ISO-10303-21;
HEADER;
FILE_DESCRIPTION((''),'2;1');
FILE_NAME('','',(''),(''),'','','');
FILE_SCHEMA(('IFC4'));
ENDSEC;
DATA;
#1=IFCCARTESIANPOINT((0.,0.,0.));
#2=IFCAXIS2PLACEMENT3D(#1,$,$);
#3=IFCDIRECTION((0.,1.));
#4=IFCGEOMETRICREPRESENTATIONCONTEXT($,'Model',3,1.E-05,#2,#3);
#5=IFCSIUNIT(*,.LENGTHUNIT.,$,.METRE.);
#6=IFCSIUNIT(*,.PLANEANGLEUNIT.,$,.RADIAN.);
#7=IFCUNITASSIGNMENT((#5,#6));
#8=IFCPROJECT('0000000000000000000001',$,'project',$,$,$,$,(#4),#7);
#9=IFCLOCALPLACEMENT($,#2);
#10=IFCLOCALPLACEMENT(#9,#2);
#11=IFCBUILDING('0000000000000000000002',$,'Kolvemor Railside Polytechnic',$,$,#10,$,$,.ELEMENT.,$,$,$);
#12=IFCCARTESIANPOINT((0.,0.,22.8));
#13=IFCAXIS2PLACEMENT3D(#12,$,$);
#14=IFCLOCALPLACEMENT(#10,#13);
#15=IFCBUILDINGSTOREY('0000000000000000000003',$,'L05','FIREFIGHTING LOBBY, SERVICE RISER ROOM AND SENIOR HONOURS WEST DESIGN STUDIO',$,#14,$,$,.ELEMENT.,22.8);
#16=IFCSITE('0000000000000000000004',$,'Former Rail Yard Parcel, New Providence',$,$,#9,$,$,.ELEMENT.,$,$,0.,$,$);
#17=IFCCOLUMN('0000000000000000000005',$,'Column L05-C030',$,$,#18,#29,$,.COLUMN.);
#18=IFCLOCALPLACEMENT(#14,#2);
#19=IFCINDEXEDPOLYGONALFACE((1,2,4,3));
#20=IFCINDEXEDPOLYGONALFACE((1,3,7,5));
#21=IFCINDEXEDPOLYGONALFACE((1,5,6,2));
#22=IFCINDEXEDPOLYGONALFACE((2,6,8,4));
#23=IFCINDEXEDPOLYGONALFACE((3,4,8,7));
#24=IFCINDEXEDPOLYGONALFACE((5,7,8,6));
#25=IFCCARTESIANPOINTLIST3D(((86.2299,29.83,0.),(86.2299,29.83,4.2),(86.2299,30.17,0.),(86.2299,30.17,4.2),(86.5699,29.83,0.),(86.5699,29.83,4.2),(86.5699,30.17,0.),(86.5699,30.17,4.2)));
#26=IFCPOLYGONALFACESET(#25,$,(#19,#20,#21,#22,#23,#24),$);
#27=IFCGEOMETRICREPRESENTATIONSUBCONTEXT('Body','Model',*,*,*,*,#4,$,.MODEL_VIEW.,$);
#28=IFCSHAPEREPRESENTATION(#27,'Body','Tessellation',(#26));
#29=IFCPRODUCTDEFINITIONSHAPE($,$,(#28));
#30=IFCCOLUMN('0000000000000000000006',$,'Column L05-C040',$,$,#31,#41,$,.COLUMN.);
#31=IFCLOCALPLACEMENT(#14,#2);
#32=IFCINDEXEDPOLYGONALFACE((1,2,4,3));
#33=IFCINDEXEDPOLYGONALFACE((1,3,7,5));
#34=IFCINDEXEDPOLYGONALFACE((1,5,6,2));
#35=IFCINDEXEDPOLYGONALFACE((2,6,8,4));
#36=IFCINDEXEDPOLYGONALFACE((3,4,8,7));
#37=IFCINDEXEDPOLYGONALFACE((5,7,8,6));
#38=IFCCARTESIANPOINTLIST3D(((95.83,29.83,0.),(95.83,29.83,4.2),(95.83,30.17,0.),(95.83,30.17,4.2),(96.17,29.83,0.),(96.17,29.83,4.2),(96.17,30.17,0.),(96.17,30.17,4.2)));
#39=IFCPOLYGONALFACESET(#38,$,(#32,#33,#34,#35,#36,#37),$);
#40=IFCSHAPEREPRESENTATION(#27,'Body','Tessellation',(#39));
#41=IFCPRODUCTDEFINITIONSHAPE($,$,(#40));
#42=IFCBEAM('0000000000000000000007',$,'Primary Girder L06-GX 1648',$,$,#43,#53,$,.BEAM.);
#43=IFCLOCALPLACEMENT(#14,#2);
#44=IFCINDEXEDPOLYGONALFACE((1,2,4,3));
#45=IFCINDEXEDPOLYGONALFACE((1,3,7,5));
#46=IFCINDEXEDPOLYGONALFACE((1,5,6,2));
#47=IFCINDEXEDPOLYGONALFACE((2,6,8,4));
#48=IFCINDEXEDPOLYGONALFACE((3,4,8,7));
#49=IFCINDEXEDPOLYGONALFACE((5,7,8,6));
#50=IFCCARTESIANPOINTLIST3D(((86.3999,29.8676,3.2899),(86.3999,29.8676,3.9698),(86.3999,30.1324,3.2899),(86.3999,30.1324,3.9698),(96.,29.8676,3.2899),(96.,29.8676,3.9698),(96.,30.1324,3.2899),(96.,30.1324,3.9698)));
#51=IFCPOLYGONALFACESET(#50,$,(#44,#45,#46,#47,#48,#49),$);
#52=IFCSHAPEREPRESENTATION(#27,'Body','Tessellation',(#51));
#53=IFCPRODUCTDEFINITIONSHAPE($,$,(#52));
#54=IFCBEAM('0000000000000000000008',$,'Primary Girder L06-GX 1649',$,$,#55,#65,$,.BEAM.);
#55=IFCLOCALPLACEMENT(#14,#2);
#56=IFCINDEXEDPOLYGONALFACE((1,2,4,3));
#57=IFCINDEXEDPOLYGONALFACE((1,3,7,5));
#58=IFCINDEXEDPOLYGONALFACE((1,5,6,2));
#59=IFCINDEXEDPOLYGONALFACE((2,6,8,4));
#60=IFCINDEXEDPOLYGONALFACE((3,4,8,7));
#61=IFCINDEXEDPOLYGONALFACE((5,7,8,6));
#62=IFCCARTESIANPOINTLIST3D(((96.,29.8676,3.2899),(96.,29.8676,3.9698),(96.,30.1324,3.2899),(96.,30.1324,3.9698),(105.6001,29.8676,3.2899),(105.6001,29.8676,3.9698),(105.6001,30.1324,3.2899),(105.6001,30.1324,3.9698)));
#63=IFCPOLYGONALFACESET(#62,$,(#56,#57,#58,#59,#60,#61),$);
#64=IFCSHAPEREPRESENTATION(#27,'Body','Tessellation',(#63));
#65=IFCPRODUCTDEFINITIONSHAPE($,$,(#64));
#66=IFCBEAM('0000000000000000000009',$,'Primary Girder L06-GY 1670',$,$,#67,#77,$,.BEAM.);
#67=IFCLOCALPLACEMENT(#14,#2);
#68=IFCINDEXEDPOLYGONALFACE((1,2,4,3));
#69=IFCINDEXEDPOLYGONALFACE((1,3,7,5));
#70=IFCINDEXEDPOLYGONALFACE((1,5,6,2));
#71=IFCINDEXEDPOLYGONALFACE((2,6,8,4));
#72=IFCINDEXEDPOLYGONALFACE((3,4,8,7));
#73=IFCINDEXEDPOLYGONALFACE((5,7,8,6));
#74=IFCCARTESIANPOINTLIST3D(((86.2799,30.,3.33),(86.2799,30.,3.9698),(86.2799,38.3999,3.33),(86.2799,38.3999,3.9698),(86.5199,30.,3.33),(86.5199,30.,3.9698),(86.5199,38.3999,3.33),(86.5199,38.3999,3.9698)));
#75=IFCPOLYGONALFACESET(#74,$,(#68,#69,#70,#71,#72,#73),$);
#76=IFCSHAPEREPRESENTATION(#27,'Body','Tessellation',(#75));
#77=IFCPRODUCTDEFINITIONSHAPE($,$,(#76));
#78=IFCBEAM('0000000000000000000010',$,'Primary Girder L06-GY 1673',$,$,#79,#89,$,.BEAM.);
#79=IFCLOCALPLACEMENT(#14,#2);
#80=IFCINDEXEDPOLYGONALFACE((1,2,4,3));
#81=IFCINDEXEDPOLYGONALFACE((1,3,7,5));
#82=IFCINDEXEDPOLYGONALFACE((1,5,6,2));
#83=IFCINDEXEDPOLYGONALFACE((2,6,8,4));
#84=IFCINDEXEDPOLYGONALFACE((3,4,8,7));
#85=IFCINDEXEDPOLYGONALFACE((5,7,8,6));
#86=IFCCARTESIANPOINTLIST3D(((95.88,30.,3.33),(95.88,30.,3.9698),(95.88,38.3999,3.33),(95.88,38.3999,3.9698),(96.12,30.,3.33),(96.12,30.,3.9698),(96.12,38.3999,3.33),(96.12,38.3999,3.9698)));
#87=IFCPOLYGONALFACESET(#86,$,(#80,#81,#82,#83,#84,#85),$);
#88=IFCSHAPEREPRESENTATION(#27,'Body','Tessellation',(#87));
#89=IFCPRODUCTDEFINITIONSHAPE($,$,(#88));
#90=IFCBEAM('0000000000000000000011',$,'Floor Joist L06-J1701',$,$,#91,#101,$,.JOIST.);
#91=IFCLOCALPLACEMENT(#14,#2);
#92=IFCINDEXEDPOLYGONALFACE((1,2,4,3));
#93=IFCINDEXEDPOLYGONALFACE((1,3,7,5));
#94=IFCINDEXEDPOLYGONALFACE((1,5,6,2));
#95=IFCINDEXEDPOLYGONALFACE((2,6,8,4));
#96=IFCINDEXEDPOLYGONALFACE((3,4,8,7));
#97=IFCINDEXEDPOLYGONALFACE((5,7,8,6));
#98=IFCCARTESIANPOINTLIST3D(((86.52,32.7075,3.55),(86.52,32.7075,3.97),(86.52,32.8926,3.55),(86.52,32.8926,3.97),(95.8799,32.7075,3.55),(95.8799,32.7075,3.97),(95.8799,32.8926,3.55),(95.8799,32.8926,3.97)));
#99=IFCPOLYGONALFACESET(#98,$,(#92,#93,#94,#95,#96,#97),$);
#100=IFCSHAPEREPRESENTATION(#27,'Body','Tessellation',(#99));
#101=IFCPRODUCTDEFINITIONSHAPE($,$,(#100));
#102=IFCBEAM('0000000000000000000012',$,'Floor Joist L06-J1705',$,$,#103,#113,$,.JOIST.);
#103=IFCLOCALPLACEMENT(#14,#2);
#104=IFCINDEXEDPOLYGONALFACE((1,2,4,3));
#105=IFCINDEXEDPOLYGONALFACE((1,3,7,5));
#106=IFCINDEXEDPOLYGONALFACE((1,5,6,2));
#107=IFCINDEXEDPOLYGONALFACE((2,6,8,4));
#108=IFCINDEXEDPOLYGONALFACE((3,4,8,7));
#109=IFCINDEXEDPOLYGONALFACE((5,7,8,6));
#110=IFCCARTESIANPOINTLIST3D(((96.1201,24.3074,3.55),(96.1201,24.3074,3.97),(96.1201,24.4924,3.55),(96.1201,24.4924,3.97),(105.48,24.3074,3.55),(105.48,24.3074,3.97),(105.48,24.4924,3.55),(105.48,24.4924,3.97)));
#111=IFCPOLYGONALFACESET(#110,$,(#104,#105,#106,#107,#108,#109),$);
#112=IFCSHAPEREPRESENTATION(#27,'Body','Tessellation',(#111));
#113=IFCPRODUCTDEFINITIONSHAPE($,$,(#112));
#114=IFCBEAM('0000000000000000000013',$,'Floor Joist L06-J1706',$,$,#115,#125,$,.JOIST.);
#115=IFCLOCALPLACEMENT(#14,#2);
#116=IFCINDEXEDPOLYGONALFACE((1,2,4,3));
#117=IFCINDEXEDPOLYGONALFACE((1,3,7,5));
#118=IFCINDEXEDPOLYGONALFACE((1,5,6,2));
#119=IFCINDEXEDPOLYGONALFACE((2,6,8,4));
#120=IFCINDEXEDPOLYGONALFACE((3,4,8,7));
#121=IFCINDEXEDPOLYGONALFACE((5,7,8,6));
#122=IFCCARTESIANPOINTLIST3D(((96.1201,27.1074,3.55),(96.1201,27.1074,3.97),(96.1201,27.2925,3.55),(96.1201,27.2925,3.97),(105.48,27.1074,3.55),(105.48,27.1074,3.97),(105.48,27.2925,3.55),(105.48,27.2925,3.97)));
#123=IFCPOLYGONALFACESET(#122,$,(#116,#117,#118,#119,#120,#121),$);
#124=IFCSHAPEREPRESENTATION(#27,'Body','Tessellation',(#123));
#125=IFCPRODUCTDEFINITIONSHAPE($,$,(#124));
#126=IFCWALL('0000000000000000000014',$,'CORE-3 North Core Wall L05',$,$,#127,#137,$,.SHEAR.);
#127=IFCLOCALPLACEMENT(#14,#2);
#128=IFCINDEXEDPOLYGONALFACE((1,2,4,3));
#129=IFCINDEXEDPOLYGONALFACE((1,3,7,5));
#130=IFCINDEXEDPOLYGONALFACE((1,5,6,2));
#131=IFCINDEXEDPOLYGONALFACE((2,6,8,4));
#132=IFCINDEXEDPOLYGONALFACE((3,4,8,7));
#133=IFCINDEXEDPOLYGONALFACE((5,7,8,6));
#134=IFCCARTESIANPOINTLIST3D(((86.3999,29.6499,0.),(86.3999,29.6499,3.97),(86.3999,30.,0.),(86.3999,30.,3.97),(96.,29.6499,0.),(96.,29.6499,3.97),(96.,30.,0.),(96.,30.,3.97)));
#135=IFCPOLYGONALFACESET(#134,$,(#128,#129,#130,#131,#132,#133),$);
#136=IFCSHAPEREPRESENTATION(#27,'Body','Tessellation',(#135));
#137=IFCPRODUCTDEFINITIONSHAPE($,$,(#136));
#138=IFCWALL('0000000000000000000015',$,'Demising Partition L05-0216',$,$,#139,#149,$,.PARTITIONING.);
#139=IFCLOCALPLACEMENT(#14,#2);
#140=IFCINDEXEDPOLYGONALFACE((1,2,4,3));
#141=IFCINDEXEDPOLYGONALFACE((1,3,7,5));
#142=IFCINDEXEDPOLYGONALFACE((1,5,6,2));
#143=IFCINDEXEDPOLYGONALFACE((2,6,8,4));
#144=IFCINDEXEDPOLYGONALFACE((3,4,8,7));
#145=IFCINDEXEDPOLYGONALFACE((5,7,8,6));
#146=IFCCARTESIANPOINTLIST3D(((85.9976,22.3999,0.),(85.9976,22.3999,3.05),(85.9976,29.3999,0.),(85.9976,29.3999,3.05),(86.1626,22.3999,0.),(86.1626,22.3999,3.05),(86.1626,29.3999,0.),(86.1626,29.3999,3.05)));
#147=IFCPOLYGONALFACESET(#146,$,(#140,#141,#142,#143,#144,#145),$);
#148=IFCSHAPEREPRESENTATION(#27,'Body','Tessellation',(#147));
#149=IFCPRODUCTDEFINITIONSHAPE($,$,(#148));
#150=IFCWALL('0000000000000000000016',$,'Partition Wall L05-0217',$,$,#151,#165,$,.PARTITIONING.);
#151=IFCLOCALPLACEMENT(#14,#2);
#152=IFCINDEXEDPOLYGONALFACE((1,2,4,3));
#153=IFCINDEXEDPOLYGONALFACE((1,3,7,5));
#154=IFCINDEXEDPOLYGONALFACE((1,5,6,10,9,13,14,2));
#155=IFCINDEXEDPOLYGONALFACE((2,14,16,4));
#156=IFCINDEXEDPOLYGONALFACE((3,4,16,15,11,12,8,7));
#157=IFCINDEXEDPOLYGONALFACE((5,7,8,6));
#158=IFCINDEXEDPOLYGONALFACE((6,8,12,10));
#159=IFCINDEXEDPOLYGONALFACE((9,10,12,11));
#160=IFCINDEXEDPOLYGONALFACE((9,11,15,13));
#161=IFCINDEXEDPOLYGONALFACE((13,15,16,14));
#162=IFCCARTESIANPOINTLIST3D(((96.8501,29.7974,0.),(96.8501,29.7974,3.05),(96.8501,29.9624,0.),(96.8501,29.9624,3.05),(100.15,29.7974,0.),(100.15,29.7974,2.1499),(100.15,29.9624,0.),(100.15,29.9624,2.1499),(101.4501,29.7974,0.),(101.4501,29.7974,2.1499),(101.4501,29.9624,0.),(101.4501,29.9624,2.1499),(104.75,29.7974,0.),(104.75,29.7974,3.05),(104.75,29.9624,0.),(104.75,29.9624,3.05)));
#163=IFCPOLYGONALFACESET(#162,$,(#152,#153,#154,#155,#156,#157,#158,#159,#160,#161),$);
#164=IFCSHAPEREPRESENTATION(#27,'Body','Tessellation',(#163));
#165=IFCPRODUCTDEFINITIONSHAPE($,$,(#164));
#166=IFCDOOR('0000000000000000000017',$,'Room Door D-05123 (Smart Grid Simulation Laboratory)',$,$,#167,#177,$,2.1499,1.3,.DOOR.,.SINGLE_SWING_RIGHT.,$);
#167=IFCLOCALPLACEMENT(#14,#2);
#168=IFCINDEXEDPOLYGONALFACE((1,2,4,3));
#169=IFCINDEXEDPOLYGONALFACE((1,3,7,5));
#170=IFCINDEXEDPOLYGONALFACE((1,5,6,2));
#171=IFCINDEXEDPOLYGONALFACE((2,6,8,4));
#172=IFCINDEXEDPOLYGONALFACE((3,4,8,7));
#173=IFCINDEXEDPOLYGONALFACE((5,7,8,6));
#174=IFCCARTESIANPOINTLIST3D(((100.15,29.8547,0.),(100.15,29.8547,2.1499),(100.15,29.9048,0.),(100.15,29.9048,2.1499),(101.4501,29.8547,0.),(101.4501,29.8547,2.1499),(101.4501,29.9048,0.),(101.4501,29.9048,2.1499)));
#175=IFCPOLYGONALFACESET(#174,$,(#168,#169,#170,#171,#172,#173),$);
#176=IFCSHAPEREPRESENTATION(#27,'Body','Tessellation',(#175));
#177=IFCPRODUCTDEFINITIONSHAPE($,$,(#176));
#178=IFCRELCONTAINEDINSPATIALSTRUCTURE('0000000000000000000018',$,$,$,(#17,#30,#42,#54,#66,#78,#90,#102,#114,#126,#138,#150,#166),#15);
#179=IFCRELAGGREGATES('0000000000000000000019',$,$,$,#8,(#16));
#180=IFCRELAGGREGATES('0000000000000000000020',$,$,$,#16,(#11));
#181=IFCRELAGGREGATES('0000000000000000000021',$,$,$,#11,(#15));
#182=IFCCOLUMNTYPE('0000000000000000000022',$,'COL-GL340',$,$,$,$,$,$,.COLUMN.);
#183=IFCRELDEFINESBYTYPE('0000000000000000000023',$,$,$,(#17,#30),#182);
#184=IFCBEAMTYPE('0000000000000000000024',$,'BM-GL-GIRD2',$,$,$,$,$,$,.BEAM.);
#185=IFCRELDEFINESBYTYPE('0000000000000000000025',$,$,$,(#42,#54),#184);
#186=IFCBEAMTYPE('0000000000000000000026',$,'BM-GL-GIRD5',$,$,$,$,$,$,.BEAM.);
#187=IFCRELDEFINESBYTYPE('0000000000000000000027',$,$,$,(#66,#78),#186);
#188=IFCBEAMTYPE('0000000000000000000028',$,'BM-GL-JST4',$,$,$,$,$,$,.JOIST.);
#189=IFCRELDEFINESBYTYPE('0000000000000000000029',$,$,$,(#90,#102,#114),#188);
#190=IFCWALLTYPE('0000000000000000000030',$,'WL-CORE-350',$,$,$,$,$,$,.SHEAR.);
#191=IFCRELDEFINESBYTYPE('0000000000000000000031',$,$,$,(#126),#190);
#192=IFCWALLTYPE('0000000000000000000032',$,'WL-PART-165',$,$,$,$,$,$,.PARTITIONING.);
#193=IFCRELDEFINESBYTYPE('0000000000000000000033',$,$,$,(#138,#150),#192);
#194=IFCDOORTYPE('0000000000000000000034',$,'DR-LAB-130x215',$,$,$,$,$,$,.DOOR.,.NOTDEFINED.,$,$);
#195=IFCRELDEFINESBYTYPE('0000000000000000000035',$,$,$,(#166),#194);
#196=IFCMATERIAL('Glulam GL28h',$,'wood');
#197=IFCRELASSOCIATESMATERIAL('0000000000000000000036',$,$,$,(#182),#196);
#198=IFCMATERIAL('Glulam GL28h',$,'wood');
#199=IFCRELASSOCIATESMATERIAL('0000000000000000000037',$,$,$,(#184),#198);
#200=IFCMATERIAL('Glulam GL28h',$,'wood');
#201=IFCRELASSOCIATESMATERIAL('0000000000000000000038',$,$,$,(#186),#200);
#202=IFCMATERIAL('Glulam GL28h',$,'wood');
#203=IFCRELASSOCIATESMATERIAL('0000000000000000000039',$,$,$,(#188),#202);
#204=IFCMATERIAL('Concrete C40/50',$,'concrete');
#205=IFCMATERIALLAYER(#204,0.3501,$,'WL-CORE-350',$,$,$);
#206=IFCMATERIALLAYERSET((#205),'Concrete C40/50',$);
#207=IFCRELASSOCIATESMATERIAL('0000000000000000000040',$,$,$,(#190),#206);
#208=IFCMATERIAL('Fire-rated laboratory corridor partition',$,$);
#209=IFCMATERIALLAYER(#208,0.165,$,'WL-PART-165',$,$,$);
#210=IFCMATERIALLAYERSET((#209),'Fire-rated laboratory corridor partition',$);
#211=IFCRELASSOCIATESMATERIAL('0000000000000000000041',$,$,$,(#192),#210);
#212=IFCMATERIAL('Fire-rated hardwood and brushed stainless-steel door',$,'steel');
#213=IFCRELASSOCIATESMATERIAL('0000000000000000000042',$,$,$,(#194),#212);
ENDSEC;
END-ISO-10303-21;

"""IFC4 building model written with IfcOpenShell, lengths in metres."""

from ifc_helpers import new_model, si_unit, direction, frame, frame_2d, origin, origin_2d, place, context, subcontext, project, spatial, rectangle, extrude, material, layer, layer_set, material_profile, profile_set, type_object, element, fill, save


model = new_model("IFC4")

# Units and contexts
model_context = context("Model", 3, precision=1e-05, world=origin(), true_north=direction((0.0, 1.0)))
body_context = subcontext(model_context, "Body", "Model", "MODEL_VIEW")
ifc_project = project(units=[si_unit("LENGTHUNIT", "METRE"), si_unit("PLANEANGLEUNIT", "RADIAN")], contexts=[model_context])

# Site, building, storey
site_placement = place(None, origin())
site = spatial("IfcSite", under=ifc_project, at=site_placement, Name="Former Rail Yard Parcel, New Providence", CompositionType="ELEMENT", RefElevation=0.0)
building_placement = place(site_placement, origin())
building = spatial("IfcBuilding", under=site, at=building_placement, Name="Kolvemor Railside Polytechnic", CompositionType="ELEMENT")
storey_placement = place(building_placement, frame((0.0, 0.0, 22.8)))
storey = spatial("IfcBuildingStorey", under=building, at=storey_placement, Name="L05", Description="FIREFIGHTING LOBBY, SERVICE RISER ROOM AND SENIOR HONOURS WEST DESIGN STUDIO", CompositionType="ELEMENT", Elevation=22.8)

# Columns
ifc_material_1 = material(Name="Glulam GL28h", Category="wood")
ifc_material_profile_1 = material_profile(ifc_material_1, rectangle(XDim=0.3401, YDim=0.3401, at=origin_2d()), Name="GL340x340")
ifc_profile_set_1 = profile_set([ifc_material_profile_1], Name="Glulam GL28h")
column_type = type_object("IfcColumnType", Name="COL-GL340", PredefinedType="COLUMN", material=ifc_profile_set_1)
for number, where, z_axis, x_axis, name in (
    (1, (86.3999, 30.0, 0.0), (0.0, 0.0, 1.0), (1.0, 0.0, 0.0), "Column L05-C030"),
    (2, (96.0, 30.0, 0.0), (0.0, 0.0, 1.0), (1.0, 0.0, 0.0), "Column L05-C040"),
):
    element("IfcColumn", number, at=place(storey_placement, frame(where, z_axis=z_axis, x_axis=x_axis)), inside=storey, type_object=column_type, Name=name, PredefinedType="COLUMN", context=body_context, shape_type="SweptSolid", body=[
        extrude(rectangle(XDim=0.3401, YDim=0.3401, at=origin_2d()), origin(), (0.0, 0.0, 1.0), 4.2),
    ])

# Beams
ifc_material_2 = material(Name="Glulam GL28h", Category="wood")
ifc_material_profile_2 = material_profile(ifc_material_2, rectangle(XDim=0.2649, YDim=0.6799, at=origin_2d()), Name="GL265x680")
ifc_profile_set_2 = profile_set([ifc_material_profile_2], Name="Glulam GL28h")
beam_type_1 = type_object("IfcBeamType", Name="BM-GL-GIRD2", PredefinedType="BEAM", material=ifc_profile_set_2)
for number, where, z_axis, x_axis, name in (
    (3, (86.3999, 30.0, 3.6299), (1.0, 0.0, 0.0), (0.0, 1.0, 0.0), "Primary Girder L06-GX 1648"),
    (4, (96.0, 30.0, 3.6299), (1.0, 0.0, 0.0), (0.0, 1.0, 0.0), "Primary Girder L06-GX 1649"),
):
    element("IfcBeam", number, at=place(storey_placement, frame(where, z_axis=z_axis, x_axis=x_axis)), inside=storey, type_object=beam_type_1, Name=name, PredefinedType="BEAM", context=body_context, shape_type="SweptSolid", body=[
        extrude(rectangle(XDim=0.2649, YDim=0.6799, at=origin_2d()), origin(), (0.0, 0.0, 1.0), 9.6001),
    ])
ifc_material_3 = material(Name="Glulam GL28h", Category="wood")
ifc_material_profile_3 = material_profile(ifc_material_3, rectangle(XDim=0.24, YDim=0.6399, at=origin_2d()), Name="GL240x640")
ifc_profile_set_3 = profile_set([ifc_material_profile_3], Name="Glulam GL28h")
beam_type_2 = type_object("IfcBeamType", Name="BM-GL-GIRD5", PredefinedType="BEAM", material=ifc_profile_set_3)
for number, where, z_axis, x_axis, name in (
    (5, (86.3999, 30.0, 3.6499), (0.0, 1.0, 0.0), (-1.0, 0.0, 0.0), "Primary Girder L06-GY 1670"),
    (6, (96.0, 30.0, 3.6499), (0.0, 1.0, 0.0), (-1.0, 0.0, 0.0), "Primary Girder L06-GY 1673"),
):
    element("IfcBeam", number, at=place(storey_placement, frame(where, z_axis=z_axis, x_axis=x_axis)), inside=storey, type_object=beam_type_2, Name=name, PredefinedType="BEAM", context=body_context, shape_type="SweptSolid", body=[
        extrude(rectangle(XDim=0.24, YDim=0.6399, at=origin_2d()), origin(), (0.0, 0.0, 1.0), 8.3999),
    ])
ifc_material_4 = material(Name="Glulam GL28h", Category="wood")
ifc_material_profile_4 = material_profile(ifc_material_4, rectangle(XDim=0.1851, YDim=0.4199, at=origin_2d()), Name="GL185x420")
ifc_profile_set_4 = profile_set([ifc_material_profile_4], Name="Glulam GL28h")
beam_type_3 = type_object("IfcBeamType", Name="BM-GL-JST4", PredefinedType="JOIST", material=ifc_profile_set_4)
for number, where, z_axis, x_axis, name in (
    (7, (86.52, 32.8, 3.76), (1.0, 0.0, 0.0), (0.0, 1.0, 0.0), "Floor Joist L06-J1701"),
    (8, (96.1201, 24.3999, 3.76), (1.0, 0.0, 0.0), (0.0, 1.0, 0.0), "Floor Joist L06-J1705"),
    (9, (96.1201, 27.2, 3.76), (1.0, 0.0, 0.0), (0.0, 1.0, 0.0), "Floor Joist L06-J1706"),
):
    element("IfcBeam", number, at=place(storey_placement, frame(where, z_axis=z_axis, x_axis=x_axis)), inside=storey, type_object=beam_type_3, Name=name, PredefinedType="JOIST", context=body_context, shape_type="SweptSolid", body=[
        extrude(rectangle(XDim=0.1851, YDim=0.4199, at=origin_2d()), origin(), (0.0, 0.0, 1.0), 9.3599),
    ])

# Walls
ifc_material_5 = material(Name="Concrete C40/50", Category="concrete")
ifc_layer_1 = layer(ifc_material_5, 0.3501, Name="WL-CORE-350")
ifc_layer_set_1 = layer_set([ifc_layer_1], Name="Concrete C40/50")
wall_type_1 = type_object("IfcWallType", Name="WL-CORE-350", PredefinedType="SHEAR", material=ifc_layer_set_1)
wall_1_placement = place(storey_placement, frame((86.3999, 29.825, 0.0), z_axis=(0.0, 0.0, 1.0), x_axis=(1.0, 0.0, 0.0)))
element("IfcWall", 10, at=wall_1_placement, inside=storey, type_object=wall_type_1, Name="CORE-3 North Core Wall L05", PredefinedType="SHEAR", context=body_context, shape_type="SweptSolid", body=[
    extrude(rectangle(XDim=9.6001, YDim=0.3501, at=frame_2d((4.8, 0.0))), origin(), (0.0, 0.0, 1.0), 3.97),
])
ifc_material_6 = material(Name="Fire-rated laboratory corridor partition")
ifc_layer_2 = layer(ifc_material_6, 0.165, Name="WL-PART-165")
ifc_layer_set_2 = layer_set([ifc_layer_2], Name="Fire-rated laboratory corridor partition")
wall_type_2 = type_object("IfcWallType", Name="WL-PART-165", PredefinedType="PARTITIONING", material=ifc_layer_set_2)
wall_2_placement = place(storey_placement, frame((86.0801, 22.3999, 0.0), z_axis=(0.0, 0.0, 1.0), x_axis=(0.0, 1.0, 0.0)))
element("IfcWall", 11, at=wall_2_placement, inside=storey, type_object=wall_type_2, Name="Demising Partition L05-0216", PredefinedType="PARTITIONING", context=body_context, shape_type="SweptSolid", body=[
    extrude(rectangle(XDim=7.0, YDim=0.165, at=frame_2d((3.5, 0.0))), origin(), (0.0, 0.0, 1.0), 3.05),
])

# Wall, opening, door
wall_3_placement = place(storey_placement, frame((96.8501, 29.8799, 0.0), z_axis=(0.0, 0.0, 1.0), x_axis=(1.0, 0.0, 0.0)))
wall_3 = element("IfcWall", 12, at=wall_3_placement, inside=storey, type_object=wall_type_2, Name="Partition Wall L05-0217", PredefinedType="PARTITIONING", context=body_context, shape_type="SweptSolid", body=[
    extrude(rectangle(XDim=7.8999, YDim=0.165, at=frame_2d((3.95, 0.0))), origin(), (0.0, 0.0, 1.0), 3.05),
])
opening_1_placement = place(wall_3_placement, frame((3.3, 0.0, 0.0)))
opening_1 = element("IfcOpeningElement", 13, at=opening_1_placement, cuts=wall_3, PredefinedType="OPENING", context=body_context, shape_type="SweptSolid", body=[
    extrude(rectangle(XDim=1.3, YDim=2.1499, at=frame_2d((0.6499, 1.075))), frame((0.0, 0.0925, 0.0), z_axis=(0.0, -1.0, 0.0), x_axis=(1.0, 0.0, 0.0)), (0.0, 0.0, 1.0), 0.1851),
])
ifc_material_7 = material(Name="Fire-rated hardwood and brushed stainless-steel door", Category="steel")
door_type_1 = type_object("IfcDoorType", Name="DR-LAB-130x215", OperationType="NOTDEFINED", PredefinedType="DOOR", material=ifc_material_7)
door_1_placement = place(opening_1_placement, origin())
door_1 = element("IfcDoor", 14, at=door_1_placement, inside=storey, type_object=door_type_1, Name="Room Door D-05123 (Smart Grid Simulation Laboratory)", OperationType="SINGLE_SWING_RIGHT", OverallHeight=2.1499, OverallWidth=1.3, PredefinedType="DOOR", context=body_context, shape_type="SweptSolid", body=[
    extrude(rectangle(XDim=1.3, YDim=2.1499, at=frame_2d((0.6499, 1.075))), frame((0.0, 0.0249, 0.0), z_axis=(0.0, -1.0, 0.0), x_axis=(1.0, 0.0, 0.0)), (0.0, 0.0, 1.0), 0.05),
])
fill(opening_1, door_1)

save(model, "model.ifc")
